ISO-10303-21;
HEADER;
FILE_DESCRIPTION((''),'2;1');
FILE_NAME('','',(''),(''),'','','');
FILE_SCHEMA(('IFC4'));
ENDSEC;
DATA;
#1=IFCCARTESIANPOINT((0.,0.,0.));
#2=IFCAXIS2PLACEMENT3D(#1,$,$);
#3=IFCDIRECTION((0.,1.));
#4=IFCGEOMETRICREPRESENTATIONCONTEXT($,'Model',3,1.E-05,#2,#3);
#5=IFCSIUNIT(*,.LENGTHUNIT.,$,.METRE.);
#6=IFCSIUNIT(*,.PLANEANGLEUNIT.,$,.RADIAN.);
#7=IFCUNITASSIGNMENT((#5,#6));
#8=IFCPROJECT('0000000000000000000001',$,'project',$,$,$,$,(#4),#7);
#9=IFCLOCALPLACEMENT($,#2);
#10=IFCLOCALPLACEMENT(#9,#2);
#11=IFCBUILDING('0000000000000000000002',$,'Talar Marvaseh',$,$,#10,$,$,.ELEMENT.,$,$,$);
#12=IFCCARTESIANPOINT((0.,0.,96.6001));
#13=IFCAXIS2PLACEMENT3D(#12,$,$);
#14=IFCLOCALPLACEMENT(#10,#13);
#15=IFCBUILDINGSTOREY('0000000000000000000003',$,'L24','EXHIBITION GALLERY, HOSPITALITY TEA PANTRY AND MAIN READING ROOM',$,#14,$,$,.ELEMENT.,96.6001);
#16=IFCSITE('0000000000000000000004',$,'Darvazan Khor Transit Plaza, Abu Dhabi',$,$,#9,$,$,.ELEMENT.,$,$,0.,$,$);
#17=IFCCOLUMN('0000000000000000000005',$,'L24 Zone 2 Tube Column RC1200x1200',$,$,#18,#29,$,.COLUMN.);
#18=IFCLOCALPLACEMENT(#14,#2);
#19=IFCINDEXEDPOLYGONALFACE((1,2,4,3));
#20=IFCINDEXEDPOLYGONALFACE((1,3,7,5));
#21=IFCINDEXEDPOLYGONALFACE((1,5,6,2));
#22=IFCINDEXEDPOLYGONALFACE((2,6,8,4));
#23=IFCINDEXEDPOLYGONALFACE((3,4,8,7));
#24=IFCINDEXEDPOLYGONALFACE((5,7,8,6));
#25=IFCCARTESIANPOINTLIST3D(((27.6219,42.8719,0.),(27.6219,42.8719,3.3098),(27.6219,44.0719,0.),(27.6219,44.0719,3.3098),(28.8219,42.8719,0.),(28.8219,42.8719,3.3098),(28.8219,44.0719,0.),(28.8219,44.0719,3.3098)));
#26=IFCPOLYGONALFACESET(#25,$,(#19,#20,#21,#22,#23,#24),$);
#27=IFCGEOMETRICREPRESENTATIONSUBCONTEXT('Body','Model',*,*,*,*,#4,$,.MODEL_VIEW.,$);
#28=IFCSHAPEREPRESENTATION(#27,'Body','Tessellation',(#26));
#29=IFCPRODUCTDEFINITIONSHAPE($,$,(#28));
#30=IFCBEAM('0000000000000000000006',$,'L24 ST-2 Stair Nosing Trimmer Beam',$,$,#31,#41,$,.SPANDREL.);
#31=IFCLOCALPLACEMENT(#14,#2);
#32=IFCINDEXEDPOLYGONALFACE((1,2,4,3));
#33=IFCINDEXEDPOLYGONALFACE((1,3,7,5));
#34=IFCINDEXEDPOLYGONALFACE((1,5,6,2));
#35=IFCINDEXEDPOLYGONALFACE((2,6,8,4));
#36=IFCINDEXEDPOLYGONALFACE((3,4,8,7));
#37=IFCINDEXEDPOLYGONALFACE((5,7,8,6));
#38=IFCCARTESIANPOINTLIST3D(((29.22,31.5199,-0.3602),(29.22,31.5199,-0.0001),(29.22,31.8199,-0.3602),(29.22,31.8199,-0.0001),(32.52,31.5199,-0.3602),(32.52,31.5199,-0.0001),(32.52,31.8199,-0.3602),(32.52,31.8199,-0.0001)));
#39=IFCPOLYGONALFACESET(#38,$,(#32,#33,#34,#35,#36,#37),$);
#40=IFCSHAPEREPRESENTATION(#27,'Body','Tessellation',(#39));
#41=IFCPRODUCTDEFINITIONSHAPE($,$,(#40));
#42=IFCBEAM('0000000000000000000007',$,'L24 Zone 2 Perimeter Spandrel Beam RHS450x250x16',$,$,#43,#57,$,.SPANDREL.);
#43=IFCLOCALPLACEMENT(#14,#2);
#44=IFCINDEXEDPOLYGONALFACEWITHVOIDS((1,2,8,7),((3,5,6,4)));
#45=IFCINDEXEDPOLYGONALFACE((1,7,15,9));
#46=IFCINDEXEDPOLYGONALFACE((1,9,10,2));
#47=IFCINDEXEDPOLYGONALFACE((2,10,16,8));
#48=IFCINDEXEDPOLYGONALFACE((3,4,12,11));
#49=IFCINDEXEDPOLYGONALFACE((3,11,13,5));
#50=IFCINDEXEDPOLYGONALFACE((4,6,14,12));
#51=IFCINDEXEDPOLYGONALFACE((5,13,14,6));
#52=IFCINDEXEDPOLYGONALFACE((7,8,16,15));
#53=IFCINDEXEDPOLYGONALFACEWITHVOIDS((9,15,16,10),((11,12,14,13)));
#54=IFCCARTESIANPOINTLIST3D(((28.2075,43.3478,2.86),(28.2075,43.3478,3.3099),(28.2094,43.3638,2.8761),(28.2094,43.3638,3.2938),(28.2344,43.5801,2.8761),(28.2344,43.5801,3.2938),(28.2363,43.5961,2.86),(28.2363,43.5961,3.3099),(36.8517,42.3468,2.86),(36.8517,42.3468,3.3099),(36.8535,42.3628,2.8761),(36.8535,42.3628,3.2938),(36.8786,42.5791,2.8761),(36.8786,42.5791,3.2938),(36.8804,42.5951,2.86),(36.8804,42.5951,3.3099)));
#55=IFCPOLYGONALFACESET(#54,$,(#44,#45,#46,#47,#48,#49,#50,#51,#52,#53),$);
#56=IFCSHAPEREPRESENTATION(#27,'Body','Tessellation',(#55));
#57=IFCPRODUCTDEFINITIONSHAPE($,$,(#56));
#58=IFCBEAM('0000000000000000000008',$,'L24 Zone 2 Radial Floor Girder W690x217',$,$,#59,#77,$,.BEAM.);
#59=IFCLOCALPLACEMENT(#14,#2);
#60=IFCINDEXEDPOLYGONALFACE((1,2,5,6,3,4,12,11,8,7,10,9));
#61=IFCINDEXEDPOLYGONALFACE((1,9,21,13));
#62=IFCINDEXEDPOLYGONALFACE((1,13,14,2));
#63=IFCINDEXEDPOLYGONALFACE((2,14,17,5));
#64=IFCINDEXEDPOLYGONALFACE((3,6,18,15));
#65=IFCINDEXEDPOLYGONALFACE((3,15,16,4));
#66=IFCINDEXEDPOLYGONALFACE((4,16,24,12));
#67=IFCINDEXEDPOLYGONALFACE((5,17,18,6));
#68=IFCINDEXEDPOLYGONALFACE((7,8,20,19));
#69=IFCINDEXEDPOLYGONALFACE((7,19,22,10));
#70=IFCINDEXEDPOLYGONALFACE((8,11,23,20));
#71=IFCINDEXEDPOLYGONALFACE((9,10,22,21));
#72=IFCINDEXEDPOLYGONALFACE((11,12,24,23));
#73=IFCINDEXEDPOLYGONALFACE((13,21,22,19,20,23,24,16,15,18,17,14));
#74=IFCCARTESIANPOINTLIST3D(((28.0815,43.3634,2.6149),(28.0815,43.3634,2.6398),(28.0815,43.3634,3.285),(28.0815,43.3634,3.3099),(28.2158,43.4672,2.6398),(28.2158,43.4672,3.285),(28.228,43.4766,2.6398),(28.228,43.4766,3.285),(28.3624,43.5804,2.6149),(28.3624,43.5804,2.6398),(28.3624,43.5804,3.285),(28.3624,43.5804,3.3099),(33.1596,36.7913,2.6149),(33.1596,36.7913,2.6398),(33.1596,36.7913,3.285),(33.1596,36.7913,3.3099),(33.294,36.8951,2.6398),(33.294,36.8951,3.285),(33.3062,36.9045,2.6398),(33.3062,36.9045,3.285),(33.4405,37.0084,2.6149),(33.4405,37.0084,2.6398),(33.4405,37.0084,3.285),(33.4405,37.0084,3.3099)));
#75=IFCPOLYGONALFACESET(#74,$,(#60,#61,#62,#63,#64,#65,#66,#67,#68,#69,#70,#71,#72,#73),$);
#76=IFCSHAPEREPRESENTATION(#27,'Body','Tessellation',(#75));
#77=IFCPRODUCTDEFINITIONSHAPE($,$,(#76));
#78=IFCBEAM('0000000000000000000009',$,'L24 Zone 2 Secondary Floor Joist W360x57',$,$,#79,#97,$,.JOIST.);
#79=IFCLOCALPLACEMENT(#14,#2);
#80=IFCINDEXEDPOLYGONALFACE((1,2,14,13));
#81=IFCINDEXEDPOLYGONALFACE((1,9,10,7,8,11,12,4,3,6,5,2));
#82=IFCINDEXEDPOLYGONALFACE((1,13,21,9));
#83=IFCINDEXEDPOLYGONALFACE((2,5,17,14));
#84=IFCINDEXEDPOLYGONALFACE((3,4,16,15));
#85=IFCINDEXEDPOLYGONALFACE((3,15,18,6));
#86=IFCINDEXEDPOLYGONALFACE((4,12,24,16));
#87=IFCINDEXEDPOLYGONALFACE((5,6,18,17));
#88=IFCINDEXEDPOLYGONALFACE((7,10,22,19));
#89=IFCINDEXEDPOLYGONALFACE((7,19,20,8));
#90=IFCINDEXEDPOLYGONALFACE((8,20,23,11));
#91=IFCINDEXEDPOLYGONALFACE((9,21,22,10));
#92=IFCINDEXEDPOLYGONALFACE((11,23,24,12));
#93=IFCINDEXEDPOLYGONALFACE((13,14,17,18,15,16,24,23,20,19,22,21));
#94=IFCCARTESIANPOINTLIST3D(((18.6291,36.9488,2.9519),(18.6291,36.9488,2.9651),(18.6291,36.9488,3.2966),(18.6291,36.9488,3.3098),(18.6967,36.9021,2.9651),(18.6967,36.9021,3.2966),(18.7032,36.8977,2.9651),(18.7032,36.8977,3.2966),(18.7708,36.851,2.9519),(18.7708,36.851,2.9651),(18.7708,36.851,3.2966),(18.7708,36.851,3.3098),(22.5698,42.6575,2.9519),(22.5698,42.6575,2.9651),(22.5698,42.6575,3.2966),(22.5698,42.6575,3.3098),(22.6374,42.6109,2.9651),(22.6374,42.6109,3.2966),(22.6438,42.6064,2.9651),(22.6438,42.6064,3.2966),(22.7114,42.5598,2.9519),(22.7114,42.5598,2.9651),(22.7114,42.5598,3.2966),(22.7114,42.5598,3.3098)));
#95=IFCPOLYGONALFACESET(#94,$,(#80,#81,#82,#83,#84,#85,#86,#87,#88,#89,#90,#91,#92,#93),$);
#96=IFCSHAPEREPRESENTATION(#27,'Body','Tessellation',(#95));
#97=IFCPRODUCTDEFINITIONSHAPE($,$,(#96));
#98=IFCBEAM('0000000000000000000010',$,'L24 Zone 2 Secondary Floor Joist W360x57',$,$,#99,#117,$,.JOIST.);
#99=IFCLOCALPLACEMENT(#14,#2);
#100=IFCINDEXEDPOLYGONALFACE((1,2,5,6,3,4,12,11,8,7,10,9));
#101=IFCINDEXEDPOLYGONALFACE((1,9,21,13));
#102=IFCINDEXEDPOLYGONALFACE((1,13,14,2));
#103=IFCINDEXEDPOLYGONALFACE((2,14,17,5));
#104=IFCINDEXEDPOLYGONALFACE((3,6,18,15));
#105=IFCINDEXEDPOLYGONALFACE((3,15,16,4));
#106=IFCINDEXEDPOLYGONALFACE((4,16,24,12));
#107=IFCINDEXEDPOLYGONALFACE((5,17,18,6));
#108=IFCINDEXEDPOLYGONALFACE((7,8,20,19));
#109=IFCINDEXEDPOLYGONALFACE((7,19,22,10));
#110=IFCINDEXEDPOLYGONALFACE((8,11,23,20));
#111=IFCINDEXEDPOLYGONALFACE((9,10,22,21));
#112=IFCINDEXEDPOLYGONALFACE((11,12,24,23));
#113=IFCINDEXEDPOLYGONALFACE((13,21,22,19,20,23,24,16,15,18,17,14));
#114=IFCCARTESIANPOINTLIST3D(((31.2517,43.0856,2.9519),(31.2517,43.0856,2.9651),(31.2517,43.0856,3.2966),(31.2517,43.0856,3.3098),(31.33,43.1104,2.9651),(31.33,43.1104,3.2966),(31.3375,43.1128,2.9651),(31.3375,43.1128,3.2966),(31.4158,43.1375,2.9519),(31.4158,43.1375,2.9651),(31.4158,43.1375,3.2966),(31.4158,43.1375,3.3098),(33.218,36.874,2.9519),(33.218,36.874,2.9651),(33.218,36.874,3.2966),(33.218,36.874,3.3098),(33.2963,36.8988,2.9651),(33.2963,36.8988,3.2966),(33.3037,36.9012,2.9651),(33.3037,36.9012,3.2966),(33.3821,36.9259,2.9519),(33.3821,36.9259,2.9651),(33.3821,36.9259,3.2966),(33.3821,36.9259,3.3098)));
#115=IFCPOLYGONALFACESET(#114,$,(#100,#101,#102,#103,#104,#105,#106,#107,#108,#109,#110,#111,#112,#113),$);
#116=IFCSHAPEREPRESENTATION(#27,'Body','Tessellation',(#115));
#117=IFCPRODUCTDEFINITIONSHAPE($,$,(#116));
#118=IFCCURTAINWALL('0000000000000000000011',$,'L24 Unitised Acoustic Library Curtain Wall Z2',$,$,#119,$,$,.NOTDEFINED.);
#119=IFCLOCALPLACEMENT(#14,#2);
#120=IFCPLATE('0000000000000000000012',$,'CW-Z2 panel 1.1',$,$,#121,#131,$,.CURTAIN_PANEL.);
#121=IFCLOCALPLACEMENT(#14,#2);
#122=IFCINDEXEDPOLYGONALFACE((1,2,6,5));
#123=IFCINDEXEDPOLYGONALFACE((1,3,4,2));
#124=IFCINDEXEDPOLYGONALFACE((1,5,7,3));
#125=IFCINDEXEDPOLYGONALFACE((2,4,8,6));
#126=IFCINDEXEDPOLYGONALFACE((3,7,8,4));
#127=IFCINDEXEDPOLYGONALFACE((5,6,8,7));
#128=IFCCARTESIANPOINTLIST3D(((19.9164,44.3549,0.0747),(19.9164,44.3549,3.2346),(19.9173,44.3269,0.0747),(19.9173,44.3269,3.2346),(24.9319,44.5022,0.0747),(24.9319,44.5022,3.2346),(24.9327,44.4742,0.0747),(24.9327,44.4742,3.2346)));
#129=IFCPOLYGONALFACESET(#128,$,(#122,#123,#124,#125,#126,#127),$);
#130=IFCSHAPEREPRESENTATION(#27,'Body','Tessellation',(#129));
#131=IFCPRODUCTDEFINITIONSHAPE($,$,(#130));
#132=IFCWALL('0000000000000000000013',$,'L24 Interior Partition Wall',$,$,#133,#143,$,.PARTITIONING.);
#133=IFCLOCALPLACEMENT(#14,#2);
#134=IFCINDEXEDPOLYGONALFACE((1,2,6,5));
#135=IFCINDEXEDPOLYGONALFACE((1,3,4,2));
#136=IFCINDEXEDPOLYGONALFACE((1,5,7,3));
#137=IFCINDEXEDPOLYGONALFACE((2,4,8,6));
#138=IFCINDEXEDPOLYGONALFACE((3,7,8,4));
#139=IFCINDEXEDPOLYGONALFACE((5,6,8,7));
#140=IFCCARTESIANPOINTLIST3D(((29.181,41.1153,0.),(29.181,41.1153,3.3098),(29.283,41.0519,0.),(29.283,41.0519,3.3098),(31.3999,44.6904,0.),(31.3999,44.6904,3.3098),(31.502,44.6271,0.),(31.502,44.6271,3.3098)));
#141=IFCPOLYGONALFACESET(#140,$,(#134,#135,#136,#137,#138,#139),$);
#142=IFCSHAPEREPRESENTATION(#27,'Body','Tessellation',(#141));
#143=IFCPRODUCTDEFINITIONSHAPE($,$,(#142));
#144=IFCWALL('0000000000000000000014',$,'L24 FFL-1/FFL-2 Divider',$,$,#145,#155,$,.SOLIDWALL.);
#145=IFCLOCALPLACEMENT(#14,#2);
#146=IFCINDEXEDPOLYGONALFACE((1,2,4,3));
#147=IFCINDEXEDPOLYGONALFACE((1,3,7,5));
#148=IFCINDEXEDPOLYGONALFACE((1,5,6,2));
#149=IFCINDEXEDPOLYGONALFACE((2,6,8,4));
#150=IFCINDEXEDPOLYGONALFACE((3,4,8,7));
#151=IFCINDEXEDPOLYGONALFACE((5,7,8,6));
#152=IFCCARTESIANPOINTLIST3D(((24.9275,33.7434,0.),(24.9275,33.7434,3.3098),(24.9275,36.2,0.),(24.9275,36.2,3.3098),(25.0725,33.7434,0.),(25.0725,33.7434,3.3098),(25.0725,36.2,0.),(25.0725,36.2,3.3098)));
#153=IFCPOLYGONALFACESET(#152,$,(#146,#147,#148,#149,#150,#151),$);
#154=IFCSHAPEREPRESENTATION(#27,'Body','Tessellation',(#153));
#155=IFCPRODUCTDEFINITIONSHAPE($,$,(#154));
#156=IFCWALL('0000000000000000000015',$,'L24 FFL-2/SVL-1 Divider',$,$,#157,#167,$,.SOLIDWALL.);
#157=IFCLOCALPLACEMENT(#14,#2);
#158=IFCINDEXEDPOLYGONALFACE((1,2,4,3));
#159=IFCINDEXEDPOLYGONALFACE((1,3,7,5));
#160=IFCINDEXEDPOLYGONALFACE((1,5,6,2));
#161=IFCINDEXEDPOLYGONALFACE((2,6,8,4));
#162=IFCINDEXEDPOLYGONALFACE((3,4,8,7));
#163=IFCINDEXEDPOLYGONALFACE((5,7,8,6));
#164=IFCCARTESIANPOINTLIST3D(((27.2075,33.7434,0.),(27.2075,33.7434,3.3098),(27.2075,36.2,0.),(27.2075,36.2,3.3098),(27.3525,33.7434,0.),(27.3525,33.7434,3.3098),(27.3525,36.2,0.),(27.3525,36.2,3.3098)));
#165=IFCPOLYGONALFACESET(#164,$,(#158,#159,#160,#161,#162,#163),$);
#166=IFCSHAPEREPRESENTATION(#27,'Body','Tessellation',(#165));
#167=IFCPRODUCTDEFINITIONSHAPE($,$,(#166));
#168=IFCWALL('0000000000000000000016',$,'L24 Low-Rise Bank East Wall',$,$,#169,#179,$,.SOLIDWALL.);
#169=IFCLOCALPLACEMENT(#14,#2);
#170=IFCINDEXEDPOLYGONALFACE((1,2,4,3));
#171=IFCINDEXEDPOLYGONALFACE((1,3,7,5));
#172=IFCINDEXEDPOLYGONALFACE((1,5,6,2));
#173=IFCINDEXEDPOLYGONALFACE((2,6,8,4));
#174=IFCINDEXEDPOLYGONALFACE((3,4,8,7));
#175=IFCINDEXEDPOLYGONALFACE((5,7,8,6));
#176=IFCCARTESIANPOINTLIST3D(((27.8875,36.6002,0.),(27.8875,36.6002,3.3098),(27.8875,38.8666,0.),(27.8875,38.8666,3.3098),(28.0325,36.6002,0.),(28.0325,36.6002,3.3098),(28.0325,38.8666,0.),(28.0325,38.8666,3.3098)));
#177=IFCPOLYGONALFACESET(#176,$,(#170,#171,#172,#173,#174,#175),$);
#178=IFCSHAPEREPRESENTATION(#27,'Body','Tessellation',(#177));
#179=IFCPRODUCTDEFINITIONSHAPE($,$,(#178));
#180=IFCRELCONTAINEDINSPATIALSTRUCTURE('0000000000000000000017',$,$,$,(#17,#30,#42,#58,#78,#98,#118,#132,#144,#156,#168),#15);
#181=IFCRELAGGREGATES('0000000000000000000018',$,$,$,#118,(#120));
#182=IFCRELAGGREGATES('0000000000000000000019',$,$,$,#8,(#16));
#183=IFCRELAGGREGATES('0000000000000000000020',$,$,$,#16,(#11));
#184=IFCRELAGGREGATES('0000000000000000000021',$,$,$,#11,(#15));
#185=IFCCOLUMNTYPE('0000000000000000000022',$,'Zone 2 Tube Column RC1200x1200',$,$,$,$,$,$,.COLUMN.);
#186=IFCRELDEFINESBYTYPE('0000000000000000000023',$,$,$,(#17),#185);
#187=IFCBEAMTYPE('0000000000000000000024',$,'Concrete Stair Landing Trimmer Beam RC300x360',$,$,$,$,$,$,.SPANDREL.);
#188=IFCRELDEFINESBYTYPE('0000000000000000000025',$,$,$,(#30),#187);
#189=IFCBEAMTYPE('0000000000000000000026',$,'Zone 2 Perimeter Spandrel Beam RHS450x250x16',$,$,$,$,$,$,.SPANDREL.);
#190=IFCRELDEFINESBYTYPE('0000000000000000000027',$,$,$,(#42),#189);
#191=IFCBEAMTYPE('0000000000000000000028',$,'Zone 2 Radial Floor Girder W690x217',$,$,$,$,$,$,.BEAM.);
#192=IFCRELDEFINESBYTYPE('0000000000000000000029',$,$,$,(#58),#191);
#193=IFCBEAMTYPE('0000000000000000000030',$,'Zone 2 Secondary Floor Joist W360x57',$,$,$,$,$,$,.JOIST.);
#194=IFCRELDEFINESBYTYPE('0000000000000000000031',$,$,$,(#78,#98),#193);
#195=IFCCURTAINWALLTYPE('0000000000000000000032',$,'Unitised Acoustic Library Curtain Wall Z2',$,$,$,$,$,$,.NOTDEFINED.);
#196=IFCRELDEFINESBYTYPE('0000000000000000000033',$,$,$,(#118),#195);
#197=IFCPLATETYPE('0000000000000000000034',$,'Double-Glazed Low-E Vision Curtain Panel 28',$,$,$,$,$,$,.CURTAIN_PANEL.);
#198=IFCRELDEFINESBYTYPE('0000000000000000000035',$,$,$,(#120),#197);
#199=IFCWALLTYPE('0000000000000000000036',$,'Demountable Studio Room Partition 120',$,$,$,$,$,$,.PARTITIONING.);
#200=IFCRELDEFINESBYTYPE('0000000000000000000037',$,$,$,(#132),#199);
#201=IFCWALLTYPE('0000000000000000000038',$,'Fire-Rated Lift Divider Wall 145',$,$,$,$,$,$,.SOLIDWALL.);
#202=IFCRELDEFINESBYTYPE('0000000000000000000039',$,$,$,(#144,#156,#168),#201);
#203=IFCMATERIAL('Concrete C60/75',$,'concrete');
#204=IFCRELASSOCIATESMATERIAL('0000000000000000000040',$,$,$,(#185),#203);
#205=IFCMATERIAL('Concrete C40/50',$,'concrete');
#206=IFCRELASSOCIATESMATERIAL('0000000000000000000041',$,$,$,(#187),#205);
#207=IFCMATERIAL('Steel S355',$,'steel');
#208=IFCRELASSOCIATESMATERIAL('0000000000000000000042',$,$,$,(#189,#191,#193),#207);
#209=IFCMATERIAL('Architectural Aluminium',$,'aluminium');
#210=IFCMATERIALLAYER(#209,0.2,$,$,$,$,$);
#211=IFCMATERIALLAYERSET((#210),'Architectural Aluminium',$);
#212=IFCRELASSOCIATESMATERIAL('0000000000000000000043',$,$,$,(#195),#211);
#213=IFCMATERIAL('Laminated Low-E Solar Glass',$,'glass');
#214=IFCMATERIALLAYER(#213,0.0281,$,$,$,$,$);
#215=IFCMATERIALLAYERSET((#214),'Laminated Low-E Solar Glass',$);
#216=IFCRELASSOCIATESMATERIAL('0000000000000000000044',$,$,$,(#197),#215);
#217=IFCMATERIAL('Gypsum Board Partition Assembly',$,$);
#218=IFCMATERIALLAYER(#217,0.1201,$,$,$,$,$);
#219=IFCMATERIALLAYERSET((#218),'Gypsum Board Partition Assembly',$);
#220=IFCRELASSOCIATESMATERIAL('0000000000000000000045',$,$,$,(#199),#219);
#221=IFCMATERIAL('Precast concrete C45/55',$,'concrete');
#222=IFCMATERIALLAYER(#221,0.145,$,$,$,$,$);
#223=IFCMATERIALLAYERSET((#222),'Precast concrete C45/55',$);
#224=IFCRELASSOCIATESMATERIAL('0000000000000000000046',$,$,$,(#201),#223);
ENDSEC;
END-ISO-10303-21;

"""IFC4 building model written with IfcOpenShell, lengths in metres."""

from ifc_helpers import new_model, si_unit, direction, frame, frame_2d, origin, origin_2d, place, context, subcontext, project, spatial, rectangle, hollow_rectangle, i_section, extrude, source, transform, mapped, material, layer, layer_set, material_profile, profile_set, type_object, type_shapes, element, aggregate, save


model = new_model("IFC4")

# Units and contexts
model_context = context("Model", 3, precision=1e-05, world=origin(), true_north=direction((0.0, 1.0)))
body_context = subcontext(model_context, "Body", "Model", "MODEL_VIEW")
ifc_project = project(units=[si_unit("LENGTHUNIT", "METRE"), si_unit("PLANEANGLEUNIT", "RADIAN")], contexts=[model_context])

# Site, building, storey
site_placement = place(None, origin())
site = spatial("IfcSite", under=ifc_project, at=site_placement, Name="Darvazan Khor Transit Plaza, Abu Dhabi", CompositionType="ELEMENT", RefElevation=0.0)
building_placement = place(site_placement, origin())
building = spatial("IfcBuilding", under=site, at=building_placement, Name="Talar Marvaseh", CompositionType="ELEMENT")
storey_placement = place(building_placement, frame((0.0, 0.0, 96.6001)))
storey = spatial("IfcBuildingStorey", under=building, at=storey_placement, Name="L24", Description="EXHIBITION GALLERY, HOSPITALITY TEA PANTRY AND MAIN READING ROOM", CompositionType="ELEMENT", Elevation=96.6001)

# Column
ifc_material_1 = material(Name="Concrete C60/75", Category="concrete")
ifc_material_profile_1 = material_profile(ifc_material_1, rectangle(XDim=1.2, YDim=1.2, at=origin_2d()), Name="RC1200x1200")
ifc_profile_set_1 = profile_set([ifc_material_profile_1], Name="Concrete C60/75")
column_type = type_object("IfcColumnType", Name="Zone 2 Tube Column RC1200x1200", PredefinedType="COLUMN", material=ifc_profile_set_1)
column_placement = place(storey_placement, frame((28.2219, 43.4719, 0.0), z_axis=(0.0, 0.0, 1.0), x_axis=(1.0, 0.0, 0.0)))
element("IfcColumn", 1, at=column_placement, inside=storey, type_object=column_type, Name="L24 Zone 2 Tube Column RC1200x1200", PredefinedType="COLUMN", context=body_context, shape_type="SweptSolid", body=[
    extrude(rectangle(XDim=1.2, YDim=1.2, at=origin_2d()), origin(), (0.0, 0.0, 1.0), 3.3098),
])

# Beams
ifc_material_2 = material(Name="Concrete C40/50", Category="concrete")
ifc_material_profile_2 = material_profile(ifc_material_2, rectangle(XDim=0.3, YDim=0.3601, at=origin_2d()), Name="RC300x360")
ifc_profile_set_2 = profile_set([ifc_material_profile_2], Name="Concrete C40/50")
beam_type_1 = type_object("IfcBeamType", Name="Concrete Stair Landing Trimmer Beam RC300x360", PredefinedType="SPANDREL", material=ifc_profile_set_2)
beam_1_placement = place(storey_placement, frame((29.22, 31.6699, -0.1802), z_axis=(1.0, 0.0, 0.0), x_axis=(0.0, 1.0, 0.0)))
element("IfcBeam", 2, at=beam_1_placement, inside=storey, type_object=beam_type_1, Name="L24 ST-2 Stair Nosing Trimmer Beam", PredefinedType="SPANDREL", context=body_context, shape_type="SweptSolid", body=[
    extrude(rectangle(XDim=0.3, YDim=0.3601, at=origin_2d()), origin(), (0.0, 0.0, 1.0), 3.3),
])
ifc_material_3 = material(Name="Steel S355", Category="steel")
ifc_material_profile_3 = material_profile(ifc_material_3, hollow_rectangle(XDim=0.25, YDim=0.45, WallThickness=0.0161, at=origin_2d()), Name="RHS450x250x16")
ifc_profile_set_3 = profile_set([ifc_material_profile_3], Name="Steel S355")
beam_type_2 = type_object("IfcBeamType", Name="Zone 2 Perimeter Spandrel Beam RHS450x250x16", PredefinedType="SPANDREL", material=ifc_profile_set_3)
beam_2_placement = place(storey_placement, frame((28.2219, 43.4719, 3.085), z_axis=(0.993362, -0.115031, 0.0), x_axis=(0.115031, 0.993362, 0.0)))
element("IfcBeam", 3, at=beam_2_placement, inside=storey, type_object=beam_type_2, Name="L24 Zone 2 Perimeter Spandrel Beam RHS450x250x16", PredefinedType="SPANDREL", context=body_context, shape_type="SweptSolid", body=[
    extrude(hollow_rectangle(XDim=0.25, YDim=0.45, WallThickness=0.0161, at=origin_2d()), origin(), (0.0, 0.0, 1.0), 8.7019),
])
ifc_material_profile_4 = material_profile(ifc_material_3, i_section(OverallWidth=0.355, OverallDepth=0.6951, WebThickness=0.0154, FlangeThickness=0.0249, at=origin_2d()), Name="W690x217")
ifc_profile_set_4 = profile_set([ifc_material_profile_4], Name="Steel S355")
beam_type_3 = type_object("IfcBeamType", Name="Zone 2 Radial Floor Girder W690x217", PredefinedType="BEAM", material=ifc_profile_set_4)
beam_3_placement = place(storey_placement, frame((28.2219, 43.4719, 2.9624), z_axis=(0.611428, -0.7913, 0.0), x_axis=(0.7913, 0.611428, 0.0)))
element("IfcBeam", 4, at=beam_3_placement, inside=storey, type_object=beam_type_3, Name="L24 Zone 2 Radial Floor Girder W690x217", PredefinedType="BEAM", context=body_context, shape_type="SweptSolid", body=[
    extrude(i_section(OverallWidth=0.355, OverallDepth=0.6951, WebThickness=0.0154, FlangeThickness=0.0249, at=origin_2d()), origin(), (0.0, 0.0, 1.0), 8.3054),
])
ifc_material_profile_5 = material_profile(ifc_material_3, i_section(OverallWidth=0.1721, OverallDepth=0.3579, WebThickness=0.0078, FlangeThickness=0.0132, at=origin_2d()), Name="W360x57")
ifc_profile_set_5 = profile_set([ifc_material_profile_5], Name="Steel S355")
beam_type_4 = type_object("IfcBeamType", Name="Zone 2 Secondary Floor Joist W360x57", PredefinedType="JOIST", material=ifc_profile_set_5)
beam_4_placement = place(storey_placement, frame((22.6406, 42.6086, 3.1309), z_axis=(-0.568086, -0.822969, 0.0), x_axis=(0.822969, -0.568086, 0.0)))
element("IfcBeam", 5, at=beam_4_placement, inside=storey, type_object=beam_type_4, Name="L24 Zone 2 Secondary Floor Joist W360x57", PredefinedType="JOIST", context=body_context, shape_type="SweptSolid", body=[
    extrude(i_section(OverallWidth=0.1721, OverallDepth=0.3579, WebThickness=0.0078, FlangeThickness=0.0132, at=origin_2d()), origin(), (0.0, 0.0, 1.0), 6.9368),
])
beam_5_placement = place(storey_placement, frame((31.3337, 43.1116, 3.1309), z_axis=(0.301791, -0.953374, 0.0), x_axis=(0.953374, 0.301791, 0.0)))
element("IfcBeam", 6, at=beam_5_placement, inside=storey, type_object=beam_type_4, Name="L24 Zone 2 Secondary Floor Joist W360x57", PredefinedType="JOIST", context=body_context, shape_type="SweptSolid", body=[
    extrude(i_section(OverallWidth=0.1721, OverallDepth=0.3579, WebThickness=0.0078, FlangeThickness=0.0132, at=origin_2d()), origin(), (0.0, 0.0, 1.0), 6.5154),
])

# Curtain wall, plate
ifc_material_4 = material(Name="Architectural Aluminium", Category="aluminium")
ifc_layer_1 = layer(ifc_material_4, 0.2)
ifc_layer_set_1 = layer_set([ifc_layer_1], Name="Architectural Aluminium")
curtain_wall_type = type_object("IfcCurtainWallType", Name="Unitised Acoustic Library Curtain Wall Z2", PredefinedType="NOTDEFINED", material=ifc_layer_set_1)
curtain_wall_placement = place(storey_placement, origin())
curtain_wall = element("IfcCurtainWall", 7, at=curtain_wall_placement, inside=storey, type_object=curtain_wall_type, Name="L24 Unitised Acoustic Library Curtain Wall Z2", PredefinedType="NOTDEFINED")
ifc_material_5 = material(Name="Laminated Low-E Solar Glass", Category="glass")
ifc_layer_2 = layer(ifc_material_5, 0.0281)
ifc_layer_set_2 = layer_set([ifc_layer_2], Name="Laminated Low-E Solar Glass")
plate_type = type_object("IfcPlateType", Name="Double-Glazed Low-E Vision Curtain Panel 28", PredefinedType="CURTAIN_PANEL", material=ifc_layer_set_2)
shared_shape_1 = source(origin(), body_context, "Body", "SweptSolid", [
    extrude(rectangle(XDim=5.0176, YDim=0.0281, at=origin_2d()), origin(), (0.0, 0.0, 1.0), 3.1599),
])
type_shapes(plate_type, [shared_shape_1])
plate_placement = place(storey_placement, frame((22.4246, 44.4146, 0.0747), z_axis=(0.0, 0.0, 1.0), x_axis=(0.999569, 0.029356, 0.0)))
plate = element("IfcPlate", 8, at=plate_placement, type_object=plate_type, Name="CW-Z2 panel 1.1", PredefinedType="CURTAIN_PANEL", context=body_context, shape_type="MappedRepresentation", body=[
    mapped(shared_shape_1, transform((0.0, 0.0, 0.0), x_axis=(1.0, 0.0, 0.0), y_axis=(0.0, 1.0, 0.0), z_axis=(0.0, 0.0, 1.0), scale=1.0)),
])
aggregate(curtain_wall, [plate])

# Walls
ifc_material_6 = material(Name="Gypsum Board Partition Assembly")
ifc_layer_3 = layer(ifc_material_6, 0.1201)
ifc_layer_set_3 = layer_set([ifc_layer_3], Name="Gypsum Board Partition Assembly")
wall_type_1 = type_object("IfcWallType", Name="Demountable Studio Room Partition 120", PredefinedType="PARTITIONING", material=ifc_layer_set_3)
wall_1_placement = place(storey_placement, frame((29.2319, 41.0835, 0.0), z_axis=(0.0, 0.0, 1.0), x_axis=(0.527347, 0.84965, 0.0)))
element("IfcWall", 9, at=wall_1_placement, inside=storey, type_object=wall_type_1, Name="L24 Interior Partition Wall", PredefinedType="PARTITIONING", context=body_context, shape_type="SweptSolid", body=[
    extrude(rectangle(XDim=4.2078, YDim=0.1201, at=frame_2d((2.104, 0.0))), origin(), (0.0, 0.0, 1.0), 3.3098),
])
ifc_material_7 = material(Name="Precast concrete C45/55", Category="concrete")
ifc_layer_4 = layer(ifc_material_7, 0.145)
ifc_layer_set_4 = layer_set([ifc_layer_4], Name="Precast concrete C45/55")
wall_type_2 = type_object("IfcWallType", Name="Fire-Rated Lift Divider Wall 145", PredefinedType="SOLIDWALL", material=ifc_layer_set_4)
for number, where, z_axis, x_axis, name in (
    (10, (25.0, 33.7434, 0.0), (0.0, 0.0, 1.0), (0.0, 1.0, 0.0), "L24 FFL-1/FFL-2 Divider"),
    (11, (27.28, 33.7434, 0.0), (0.0, 0.0, 1.0), (0.0, 1.0, 0.0), "L24 FFL-2/SVL-1 Divider"),
):
    element("IfcWall", number, at=place(storey_placement, frame(where, z_axis=z_axis, x_axis=x_axis)), inside=storey, type_object=wall_type_2, Name=name, PredefinedType="SOLIDWALL", context=body_context, shape_type="SweptSolid", body=[
        extrude(rectangle(XDim=2.4565, YDim=0.145, at=frame_2d((1.2283, 0.0))), origin(), (0.0, 0.0, 1.0), 3.3098),
    ])
wall_2_placement = place(storey_placement, frame((27.96, 36.6001, 0.0), z_axis=(0.0, 0.0, 1.0), x_axis=(0.0, 1.0, 0.0)))
element("IfcWall", 12, at=wall_2_placement, inside=storey, type_object=wall_type_2, Name="L24 Low-Rise Bank East Wall", PredefinedType="SOLIDWALL", context=body_context, shape_type="SweptSolid", body=[
    extrude(rectangle(XDim=2.2664, YDim=0.145, at=frame_2d((1.1333, 0.0))), origin(), (0.0, 0.0, 1.0), 3.3098),
])

save(model, "model.ifc")
